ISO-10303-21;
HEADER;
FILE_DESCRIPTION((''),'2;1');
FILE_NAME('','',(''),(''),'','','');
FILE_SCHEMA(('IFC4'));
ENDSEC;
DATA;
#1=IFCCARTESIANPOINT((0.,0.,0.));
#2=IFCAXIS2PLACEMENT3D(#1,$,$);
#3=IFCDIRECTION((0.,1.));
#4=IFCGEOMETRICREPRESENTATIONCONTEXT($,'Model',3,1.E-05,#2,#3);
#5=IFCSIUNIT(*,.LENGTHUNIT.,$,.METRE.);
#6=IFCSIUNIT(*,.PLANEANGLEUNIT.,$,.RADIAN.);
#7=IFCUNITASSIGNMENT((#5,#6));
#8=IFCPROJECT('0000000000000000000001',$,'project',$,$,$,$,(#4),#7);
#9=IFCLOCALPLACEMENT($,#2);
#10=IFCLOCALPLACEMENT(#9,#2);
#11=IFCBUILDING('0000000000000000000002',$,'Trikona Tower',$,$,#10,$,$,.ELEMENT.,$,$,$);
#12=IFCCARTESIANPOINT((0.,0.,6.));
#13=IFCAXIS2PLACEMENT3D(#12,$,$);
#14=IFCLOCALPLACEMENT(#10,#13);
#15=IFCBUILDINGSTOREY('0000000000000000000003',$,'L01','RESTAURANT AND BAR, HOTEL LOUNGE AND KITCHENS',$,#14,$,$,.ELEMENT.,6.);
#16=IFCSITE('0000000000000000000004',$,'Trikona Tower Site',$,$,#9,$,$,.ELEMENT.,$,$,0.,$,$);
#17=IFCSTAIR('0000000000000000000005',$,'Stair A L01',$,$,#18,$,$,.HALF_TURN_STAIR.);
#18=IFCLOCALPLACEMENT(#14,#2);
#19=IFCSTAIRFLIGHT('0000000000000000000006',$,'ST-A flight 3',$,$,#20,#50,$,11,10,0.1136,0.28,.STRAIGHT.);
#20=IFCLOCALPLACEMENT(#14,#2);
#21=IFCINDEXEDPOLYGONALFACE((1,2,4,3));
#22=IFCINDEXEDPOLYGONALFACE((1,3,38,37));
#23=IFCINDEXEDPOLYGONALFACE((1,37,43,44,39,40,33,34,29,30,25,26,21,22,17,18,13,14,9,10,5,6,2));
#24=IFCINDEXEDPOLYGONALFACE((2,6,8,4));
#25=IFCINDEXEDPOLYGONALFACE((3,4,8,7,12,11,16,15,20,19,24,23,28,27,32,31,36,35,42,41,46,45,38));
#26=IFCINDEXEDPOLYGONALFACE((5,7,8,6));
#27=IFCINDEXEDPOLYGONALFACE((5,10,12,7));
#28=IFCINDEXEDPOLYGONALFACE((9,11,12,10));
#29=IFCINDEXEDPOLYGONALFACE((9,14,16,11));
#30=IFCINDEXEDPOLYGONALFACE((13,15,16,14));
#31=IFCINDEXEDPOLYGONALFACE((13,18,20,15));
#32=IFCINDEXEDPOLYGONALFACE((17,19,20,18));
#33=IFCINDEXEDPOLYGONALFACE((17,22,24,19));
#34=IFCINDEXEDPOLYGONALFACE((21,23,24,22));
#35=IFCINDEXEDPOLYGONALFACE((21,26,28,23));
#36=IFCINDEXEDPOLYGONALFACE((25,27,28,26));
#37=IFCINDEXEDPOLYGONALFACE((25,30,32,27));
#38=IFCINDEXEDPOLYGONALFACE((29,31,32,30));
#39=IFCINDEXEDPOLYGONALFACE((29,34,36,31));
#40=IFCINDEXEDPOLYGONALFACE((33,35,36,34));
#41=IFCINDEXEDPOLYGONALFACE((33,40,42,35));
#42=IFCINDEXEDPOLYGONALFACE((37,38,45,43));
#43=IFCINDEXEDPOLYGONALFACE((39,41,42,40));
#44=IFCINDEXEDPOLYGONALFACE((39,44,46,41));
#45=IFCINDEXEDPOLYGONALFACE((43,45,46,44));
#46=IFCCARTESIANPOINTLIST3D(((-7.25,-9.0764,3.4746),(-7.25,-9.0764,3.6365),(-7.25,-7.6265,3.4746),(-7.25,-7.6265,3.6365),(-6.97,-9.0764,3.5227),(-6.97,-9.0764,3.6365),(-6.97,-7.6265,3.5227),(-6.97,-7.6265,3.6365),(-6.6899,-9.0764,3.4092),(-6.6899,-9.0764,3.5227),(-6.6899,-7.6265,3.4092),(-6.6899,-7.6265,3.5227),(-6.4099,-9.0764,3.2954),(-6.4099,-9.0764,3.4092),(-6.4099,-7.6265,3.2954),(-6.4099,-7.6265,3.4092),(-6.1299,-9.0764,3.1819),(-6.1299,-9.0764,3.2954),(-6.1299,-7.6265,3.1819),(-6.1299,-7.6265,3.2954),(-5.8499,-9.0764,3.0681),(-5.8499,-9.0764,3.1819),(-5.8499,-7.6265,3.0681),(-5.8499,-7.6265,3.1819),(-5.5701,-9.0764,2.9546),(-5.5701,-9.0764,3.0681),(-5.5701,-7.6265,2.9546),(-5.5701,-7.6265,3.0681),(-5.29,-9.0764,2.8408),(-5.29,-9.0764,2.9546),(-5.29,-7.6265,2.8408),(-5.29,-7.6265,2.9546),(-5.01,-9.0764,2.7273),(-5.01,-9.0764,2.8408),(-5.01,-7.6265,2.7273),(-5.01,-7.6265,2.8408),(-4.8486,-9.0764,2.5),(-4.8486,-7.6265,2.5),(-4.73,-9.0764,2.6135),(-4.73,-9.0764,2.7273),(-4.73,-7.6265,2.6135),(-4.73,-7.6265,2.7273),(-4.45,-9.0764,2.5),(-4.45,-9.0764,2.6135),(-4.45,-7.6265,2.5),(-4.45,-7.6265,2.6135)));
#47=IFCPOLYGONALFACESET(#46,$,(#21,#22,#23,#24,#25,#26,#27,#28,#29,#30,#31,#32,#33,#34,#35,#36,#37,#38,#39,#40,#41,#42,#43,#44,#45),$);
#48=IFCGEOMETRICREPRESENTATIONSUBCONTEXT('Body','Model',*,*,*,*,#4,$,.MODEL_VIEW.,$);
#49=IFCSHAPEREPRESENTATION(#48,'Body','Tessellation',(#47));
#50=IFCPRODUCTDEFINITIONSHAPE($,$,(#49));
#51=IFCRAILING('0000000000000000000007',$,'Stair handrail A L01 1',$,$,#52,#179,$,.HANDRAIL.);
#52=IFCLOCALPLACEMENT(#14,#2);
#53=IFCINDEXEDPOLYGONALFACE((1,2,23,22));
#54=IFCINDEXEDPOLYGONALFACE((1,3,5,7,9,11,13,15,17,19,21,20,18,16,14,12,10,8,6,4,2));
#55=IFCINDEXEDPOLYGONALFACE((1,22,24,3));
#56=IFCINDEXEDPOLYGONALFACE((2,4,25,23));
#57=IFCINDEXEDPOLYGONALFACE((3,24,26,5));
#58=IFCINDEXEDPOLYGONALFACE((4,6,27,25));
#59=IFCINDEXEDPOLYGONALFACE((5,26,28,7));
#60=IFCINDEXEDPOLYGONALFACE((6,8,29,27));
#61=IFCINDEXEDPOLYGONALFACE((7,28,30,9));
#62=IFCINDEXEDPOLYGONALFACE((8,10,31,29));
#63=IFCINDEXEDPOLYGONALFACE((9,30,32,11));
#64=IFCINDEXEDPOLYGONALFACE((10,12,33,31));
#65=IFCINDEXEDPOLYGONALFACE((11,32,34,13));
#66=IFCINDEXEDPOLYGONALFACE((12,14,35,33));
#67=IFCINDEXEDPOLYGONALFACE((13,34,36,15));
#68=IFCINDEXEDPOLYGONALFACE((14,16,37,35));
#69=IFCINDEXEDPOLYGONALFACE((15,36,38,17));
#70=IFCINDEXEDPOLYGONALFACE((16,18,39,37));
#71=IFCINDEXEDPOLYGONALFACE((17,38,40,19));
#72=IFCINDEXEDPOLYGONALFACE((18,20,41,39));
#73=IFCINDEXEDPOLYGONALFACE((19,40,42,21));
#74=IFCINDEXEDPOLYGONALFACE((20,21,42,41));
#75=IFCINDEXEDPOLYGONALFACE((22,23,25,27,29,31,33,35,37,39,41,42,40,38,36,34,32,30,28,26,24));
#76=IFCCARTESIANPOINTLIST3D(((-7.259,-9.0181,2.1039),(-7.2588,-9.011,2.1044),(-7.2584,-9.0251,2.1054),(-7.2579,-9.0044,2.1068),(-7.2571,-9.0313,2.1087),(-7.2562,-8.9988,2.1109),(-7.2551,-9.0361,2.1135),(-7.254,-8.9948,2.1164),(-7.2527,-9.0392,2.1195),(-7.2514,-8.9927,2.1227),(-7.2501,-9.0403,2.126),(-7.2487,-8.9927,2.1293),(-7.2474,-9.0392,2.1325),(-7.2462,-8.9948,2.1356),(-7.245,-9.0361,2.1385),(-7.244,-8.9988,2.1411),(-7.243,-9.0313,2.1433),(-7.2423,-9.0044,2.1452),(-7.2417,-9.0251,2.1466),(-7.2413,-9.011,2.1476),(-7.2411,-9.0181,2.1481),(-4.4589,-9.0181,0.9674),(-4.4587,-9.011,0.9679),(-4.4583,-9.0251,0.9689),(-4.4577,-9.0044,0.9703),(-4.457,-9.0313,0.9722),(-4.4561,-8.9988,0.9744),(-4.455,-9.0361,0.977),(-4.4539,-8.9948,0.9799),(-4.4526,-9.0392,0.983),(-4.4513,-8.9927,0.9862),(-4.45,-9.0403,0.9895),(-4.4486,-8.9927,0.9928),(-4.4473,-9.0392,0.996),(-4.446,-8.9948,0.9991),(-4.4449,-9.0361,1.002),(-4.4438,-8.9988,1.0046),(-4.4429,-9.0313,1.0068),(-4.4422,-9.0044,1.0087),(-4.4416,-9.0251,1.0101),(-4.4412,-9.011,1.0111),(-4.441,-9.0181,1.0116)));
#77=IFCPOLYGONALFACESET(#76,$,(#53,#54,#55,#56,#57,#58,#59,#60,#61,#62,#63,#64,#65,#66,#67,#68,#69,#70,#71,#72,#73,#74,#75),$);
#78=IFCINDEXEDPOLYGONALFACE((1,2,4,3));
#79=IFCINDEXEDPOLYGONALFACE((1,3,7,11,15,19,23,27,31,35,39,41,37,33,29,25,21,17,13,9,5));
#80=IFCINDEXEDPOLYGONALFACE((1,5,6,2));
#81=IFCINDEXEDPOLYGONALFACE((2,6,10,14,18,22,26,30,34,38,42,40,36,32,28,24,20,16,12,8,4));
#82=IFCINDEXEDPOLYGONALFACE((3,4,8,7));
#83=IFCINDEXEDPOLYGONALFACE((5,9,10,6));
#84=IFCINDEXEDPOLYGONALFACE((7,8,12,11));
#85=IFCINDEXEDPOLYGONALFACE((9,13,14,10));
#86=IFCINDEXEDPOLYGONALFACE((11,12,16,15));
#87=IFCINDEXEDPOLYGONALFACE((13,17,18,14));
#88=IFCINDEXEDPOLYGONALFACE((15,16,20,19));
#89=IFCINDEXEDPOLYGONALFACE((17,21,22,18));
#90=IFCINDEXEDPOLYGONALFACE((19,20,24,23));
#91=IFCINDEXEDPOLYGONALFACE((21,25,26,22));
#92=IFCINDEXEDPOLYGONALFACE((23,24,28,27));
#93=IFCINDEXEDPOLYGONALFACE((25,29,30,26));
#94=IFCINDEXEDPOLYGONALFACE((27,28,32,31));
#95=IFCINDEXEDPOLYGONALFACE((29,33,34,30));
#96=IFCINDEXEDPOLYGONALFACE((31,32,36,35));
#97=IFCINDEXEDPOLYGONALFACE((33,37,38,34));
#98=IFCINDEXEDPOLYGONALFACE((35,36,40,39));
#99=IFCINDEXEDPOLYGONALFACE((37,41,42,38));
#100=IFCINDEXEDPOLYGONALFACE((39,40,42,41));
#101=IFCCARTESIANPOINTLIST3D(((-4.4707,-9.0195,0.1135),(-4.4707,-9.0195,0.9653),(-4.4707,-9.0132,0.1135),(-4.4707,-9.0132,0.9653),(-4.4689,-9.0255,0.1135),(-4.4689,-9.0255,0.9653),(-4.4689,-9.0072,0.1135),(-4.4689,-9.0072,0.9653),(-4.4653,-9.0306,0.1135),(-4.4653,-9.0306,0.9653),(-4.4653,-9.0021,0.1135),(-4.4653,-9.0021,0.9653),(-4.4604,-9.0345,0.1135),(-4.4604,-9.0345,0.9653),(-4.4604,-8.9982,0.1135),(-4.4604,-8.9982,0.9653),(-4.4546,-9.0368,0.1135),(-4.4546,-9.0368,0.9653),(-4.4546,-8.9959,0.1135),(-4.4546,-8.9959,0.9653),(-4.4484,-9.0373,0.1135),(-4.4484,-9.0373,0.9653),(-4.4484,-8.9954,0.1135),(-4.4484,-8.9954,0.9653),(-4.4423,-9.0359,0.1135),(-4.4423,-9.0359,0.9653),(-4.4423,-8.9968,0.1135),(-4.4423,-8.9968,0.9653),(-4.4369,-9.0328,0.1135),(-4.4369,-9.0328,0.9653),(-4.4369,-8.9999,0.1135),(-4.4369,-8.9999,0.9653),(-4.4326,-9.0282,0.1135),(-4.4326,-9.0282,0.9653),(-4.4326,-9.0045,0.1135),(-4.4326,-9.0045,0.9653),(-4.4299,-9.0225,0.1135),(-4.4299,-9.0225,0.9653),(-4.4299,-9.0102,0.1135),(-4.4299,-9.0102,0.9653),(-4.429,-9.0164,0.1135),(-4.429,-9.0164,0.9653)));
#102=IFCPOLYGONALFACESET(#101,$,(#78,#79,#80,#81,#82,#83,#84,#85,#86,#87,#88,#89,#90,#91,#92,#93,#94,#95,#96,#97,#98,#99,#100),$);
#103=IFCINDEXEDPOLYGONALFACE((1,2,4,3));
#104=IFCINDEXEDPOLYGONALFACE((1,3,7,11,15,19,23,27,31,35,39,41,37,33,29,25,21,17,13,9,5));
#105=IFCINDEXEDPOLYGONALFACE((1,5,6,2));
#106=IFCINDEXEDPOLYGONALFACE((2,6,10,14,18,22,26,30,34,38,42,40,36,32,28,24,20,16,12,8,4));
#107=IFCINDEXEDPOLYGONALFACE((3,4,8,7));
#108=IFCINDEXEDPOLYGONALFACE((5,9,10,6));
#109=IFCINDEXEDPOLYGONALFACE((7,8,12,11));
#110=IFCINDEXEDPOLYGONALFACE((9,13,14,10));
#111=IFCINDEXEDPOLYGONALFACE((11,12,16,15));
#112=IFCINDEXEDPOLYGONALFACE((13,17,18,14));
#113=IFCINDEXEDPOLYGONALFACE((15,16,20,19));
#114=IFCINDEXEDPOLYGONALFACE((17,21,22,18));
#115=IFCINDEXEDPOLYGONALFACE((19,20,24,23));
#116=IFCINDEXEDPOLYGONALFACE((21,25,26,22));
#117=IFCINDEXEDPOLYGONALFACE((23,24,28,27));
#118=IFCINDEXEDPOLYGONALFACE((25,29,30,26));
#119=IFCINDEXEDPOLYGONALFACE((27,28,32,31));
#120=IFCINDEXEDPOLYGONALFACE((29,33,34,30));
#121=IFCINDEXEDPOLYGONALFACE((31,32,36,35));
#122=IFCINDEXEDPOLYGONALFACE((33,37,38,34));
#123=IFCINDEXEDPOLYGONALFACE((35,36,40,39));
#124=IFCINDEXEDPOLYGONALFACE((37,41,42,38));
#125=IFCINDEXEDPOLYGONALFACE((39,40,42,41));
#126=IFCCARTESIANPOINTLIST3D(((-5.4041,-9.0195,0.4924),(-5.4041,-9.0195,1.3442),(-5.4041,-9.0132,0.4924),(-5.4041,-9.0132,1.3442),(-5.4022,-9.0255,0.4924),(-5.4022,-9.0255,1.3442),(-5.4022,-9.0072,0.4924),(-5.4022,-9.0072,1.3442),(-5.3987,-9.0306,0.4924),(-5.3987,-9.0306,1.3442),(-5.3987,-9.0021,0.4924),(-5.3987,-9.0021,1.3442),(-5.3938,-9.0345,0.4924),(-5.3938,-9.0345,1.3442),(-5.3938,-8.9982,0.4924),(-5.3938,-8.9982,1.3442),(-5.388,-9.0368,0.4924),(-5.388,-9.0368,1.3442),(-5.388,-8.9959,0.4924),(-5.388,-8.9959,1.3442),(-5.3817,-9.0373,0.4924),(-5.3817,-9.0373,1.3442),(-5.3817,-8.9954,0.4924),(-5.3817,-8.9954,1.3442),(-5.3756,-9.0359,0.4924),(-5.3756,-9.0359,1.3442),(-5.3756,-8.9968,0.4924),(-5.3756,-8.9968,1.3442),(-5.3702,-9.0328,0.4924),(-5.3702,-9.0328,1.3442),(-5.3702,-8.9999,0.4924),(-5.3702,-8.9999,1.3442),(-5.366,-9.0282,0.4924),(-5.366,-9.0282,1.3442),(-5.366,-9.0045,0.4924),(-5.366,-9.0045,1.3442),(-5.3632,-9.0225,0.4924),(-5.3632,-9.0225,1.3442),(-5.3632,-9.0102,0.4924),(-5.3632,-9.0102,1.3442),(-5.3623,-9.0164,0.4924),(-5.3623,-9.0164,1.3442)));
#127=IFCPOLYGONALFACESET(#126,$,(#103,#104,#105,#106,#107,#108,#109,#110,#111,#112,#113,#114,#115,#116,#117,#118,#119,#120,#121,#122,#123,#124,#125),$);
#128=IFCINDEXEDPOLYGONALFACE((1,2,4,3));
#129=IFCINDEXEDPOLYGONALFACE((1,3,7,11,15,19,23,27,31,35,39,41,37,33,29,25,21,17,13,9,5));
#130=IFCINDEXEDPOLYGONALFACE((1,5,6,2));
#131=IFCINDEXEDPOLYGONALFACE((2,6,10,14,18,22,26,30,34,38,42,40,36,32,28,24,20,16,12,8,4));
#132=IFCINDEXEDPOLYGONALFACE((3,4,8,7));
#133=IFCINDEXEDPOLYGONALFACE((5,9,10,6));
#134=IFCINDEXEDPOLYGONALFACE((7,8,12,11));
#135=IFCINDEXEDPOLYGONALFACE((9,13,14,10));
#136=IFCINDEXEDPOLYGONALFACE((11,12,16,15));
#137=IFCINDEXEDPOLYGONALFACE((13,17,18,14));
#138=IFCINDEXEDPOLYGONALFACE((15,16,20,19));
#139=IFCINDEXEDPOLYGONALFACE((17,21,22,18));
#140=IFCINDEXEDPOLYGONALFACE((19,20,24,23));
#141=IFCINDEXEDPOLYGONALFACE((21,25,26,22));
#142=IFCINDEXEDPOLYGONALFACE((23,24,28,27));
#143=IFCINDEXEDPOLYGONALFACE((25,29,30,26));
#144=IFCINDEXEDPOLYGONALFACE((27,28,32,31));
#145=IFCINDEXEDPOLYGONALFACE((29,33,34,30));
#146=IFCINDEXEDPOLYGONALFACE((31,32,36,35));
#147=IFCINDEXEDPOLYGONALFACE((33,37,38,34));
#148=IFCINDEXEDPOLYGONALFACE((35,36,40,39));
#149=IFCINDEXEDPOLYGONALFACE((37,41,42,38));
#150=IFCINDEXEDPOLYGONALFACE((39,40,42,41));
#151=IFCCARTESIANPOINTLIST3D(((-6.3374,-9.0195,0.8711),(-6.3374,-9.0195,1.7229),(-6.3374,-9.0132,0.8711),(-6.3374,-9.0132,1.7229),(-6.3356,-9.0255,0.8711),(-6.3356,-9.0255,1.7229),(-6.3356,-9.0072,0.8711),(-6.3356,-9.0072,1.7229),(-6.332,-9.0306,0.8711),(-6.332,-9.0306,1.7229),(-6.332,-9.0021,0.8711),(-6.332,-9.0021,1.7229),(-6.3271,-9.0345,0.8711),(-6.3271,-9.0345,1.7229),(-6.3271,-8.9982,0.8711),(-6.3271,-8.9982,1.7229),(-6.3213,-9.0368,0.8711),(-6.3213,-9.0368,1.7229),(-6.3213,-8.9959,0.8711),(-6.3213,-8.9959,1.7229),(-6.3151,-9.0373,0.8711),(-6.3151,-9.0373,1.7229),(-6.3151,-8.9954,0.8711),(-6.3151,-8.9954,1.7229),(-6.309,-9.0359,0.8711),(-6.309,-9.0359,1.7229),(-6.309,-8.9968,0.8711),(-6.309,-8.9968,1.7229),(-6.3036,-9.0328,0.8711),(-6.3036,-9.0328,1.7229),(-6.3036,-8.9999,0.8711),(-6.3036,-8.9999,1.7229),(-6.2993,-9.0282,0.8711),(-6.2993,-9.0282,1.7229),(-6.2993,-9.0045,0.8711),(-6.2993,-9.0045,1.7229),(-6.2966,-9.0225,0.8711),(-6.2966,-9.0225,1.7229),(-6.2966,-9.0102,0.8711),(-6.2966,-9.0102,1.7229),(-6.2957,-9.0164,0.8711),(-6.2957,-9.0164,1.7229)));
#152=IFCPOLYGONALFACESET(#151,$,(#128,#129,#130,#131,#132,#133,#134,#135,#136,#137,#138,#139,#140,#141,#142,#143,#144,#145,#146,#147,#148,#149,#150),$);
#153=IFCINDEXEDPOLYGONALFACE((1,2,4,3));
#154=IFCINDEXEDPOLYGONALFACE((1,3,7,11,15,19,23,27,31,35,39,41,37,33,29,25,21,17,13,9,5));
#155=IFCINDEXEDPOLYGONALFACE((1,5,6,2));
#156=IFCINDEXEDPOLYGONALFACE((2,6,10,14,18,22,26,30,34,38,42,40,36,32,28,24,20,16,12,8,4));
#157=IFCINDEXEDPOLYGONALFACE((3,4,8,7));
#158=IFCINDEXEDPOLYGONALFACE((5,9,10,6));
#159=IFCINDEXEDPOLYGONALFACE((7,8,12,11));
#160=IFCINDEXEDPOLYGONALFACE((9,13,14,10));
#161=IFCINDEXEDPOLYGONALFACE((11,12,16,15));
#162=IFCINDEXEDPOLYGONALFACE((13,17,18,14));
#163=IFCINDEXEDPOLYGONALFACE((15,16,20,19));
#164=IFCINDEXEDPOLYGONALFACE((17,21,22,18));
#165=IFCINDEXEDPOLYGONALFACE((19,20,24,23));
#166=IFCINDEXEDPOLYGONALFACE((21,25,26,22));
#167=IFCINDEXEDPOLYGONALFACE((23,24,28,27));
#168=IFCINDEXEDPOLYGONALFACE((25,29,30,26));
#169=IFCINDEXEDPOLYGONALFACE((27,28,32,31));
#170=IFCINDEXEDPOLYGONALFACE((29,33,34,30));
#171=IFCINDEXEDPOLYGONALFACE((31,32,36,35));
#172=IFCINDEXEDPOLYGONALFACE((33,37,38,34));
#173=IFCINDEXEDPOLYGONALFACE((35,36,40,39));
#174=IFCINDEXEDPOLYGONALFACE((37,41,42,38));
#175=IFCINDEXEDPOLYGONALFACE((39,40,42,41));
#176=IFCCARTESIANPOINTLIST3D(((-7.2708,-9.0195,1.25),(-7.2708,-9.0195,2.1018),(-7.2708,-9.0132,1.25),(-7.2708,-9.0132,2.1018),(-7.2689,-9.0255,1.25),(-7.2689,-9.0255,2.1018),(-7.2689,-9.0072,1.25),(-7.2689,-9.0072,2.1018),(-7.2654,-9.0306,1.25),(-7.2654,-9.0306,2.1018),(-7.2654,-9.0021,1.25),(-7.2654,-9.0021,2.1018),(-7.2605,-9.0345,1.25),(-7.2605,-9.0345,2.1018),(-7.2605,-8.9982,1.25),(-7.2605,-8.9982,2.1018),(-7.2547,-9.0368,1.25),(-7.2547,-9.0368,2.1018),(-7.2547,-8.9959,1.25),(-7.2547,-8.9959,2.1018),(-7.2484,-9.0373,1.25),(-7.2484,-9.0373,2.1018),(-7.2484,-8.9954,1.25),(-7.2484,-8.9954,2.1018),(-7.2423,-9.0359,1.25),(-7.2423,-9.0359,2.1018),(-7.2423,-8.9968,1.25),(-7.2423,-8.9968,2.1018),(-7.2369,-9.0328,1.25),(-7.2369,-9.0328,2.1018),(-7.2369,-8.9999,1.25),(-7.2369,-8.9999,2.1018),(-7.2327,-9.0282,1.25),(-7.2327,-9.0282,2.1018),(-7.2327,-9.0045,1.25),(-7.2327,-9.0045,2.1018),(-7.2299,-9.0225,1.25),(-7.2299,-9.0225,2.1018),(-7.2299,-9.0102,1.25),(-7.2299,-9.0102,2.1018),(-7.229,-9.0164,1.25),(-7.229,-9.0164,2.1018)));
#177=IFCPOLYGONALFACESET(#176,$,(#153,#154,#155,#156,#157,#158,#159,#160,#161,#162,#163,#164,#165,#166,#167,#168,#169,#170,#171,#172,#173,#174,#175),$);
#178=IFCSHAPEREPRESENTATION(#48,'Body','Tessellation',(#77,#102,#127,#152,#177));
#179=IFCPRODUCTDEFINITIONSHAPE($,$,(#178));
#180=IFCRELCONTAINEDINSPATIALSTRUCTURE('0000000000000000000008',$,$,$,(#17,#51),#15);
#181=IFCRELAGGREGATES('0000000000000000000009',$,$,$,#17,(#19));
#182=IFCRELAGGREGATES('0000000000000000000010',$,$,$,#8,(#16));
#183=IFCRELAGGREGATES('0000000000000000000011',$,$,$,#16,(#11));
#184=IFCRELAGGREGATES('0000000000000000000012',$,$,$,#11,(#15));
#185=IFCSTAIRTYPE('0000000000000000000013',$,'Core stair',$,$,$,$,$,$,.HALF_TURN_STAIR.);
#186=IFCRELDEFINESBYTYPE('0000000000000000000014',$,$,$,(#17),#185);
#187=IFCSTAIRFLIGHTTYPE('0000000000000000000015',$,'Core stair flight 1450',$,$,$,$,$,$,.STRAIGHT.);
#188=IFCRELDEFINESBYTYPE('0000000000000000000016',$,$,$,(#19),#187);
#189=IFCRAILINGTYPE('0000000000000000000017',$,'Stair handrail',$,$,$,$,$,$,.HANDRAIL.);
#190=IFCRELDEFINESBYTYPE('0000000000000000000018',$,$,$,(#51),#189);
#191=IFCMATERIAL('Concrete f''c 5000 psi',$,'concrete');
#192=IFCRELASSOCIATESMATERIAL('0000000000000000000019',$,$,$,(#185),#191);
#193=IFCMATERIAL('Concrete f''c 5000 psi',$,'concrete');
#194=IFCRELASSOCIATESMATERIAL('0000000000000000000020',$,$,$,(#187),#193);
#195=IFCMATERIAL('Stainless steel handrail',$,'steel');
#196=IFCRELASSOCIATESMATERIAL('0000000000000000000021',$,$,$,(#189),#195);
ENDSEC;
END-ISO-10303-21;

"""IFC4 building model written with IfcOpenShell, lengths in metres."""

from ifc_helpers import new_model, si_unit, direction, frame, origin, origin_2d, place, context, subcontext, project, spatial, polyline, circle, outline, extrude, material, type_object, element, aggregate, save


model = new_model("IFC4")

# Units and contexts
model_context = context("Model", 3, precision=1e-05, world=origin(), true_north=direction((0.0, 1.0)))
body_context = subcontext(model_context, "Body", "Model", "MODEL_VIEW")
ifc_project = project(units=[si_unit("LENGTHUNIT", "METRE"), si_unit("PLANEANGLEUNIT", "RADIAN")], contexts=[model_context])

# Site, building, storey
site_placement = place(None, origin())
site = spatial("IfcSite", under=ifc_project, at=site_placement, Name="Trikona Tower Site", CompositionType="ELEMENT", RefElevation=0.0)
building_placement = place(site_placement, origin())
building = spatial("IfcBuilding", under=site, at=building_placement, Name="Trikona Tower", CompositionType="ELEMENT")
storey_placement = place(building_placement, frame((0.0, 0.0, 6.0)))
storey = spatial("IfcBuildingStorey", under=building, at=storey_placement, Name="L01", Description="RESTAURANT AND BAR, HOTEL LOUNGE AND KITCHENS", CompositionType="ELEMENT", Elevation=6.0)

# Stair, stair flight
ifc_material_1 = material(Name="Concrete f'c 5000 psi", Category="concrete")
stair_type = type_object("IfcStairType", Name="Core stair", PredefinedType="HALF_TURN_STAIR", material=ifc_material_1)
stair_placement = place(storey_placement, origin())
stair = element("IfcStair", 1, at=stair_placement, inside=storey, type_object=stair_type, Name="Stair A L01", PredefinedType="HALF_TURN_STAIR")
ifc_material_2 = material(Name="Concrete f'c 5000 psi", Category="concrete")
stair_flight_type = type_object("IfcStairFlightType", Name="Core stair flight 1450", PredefinedType="STRAIGHT", material=ifc_material_2)
stair_flight_1_placement = place(storey_placement, frame((-4.45, -8.3513, 2.5), z_axis=(0.0, 0.0, 1.0), x_axis=(-1.0, 0.0, 0.0)))
stair_flight_1 = element("IfcStairFlight", 2, at=stair_flight_1_placement, type_object=stair_flight_type, Name="ST-A flight 3", NumberOfRisers=11, NumberOfTreads=10, PredefinedType="STRAIGHT", RiserHeight=0.1136, TreadLength=0.28, context=body_context, shape_type="SweptSolid", body=[
    extrude(outline(polyline([(0.0, 0.0), (0.0, 0.1135), (0.28, 0.1135), (0.28, 0.2273), (0.5601, 0.2273), (0.5601, 0.3408), (0.8401, 0.3408), (0.8401, 0.4546), (1.1201, 0.4546), (1.1201, 0.5681), (1.3999, 0.5681), (1.3999, 0.6819), (1.6799, 0.6819), (1.6799, 0.7954), (1.96, 0.7954), (1.96, 0.9092), (2.24, 0.9092), (2.24, 1.0227), (2.52, 1.0227), (2.52, 1.1365), (2.8, 1.1365), (2.8, 1.25), (2.8, 0.9746), (0.3987, 0.0), (0.0, 0.0)])), frame((0.0, 0.7251, 0.0), z_axis=(0.0, -1.0, 0.0), x_axis=(1.0, 0.0, 0.0)), (0.0, 0.0, 1.0), 1.45),
])
aggregate(stair, [stair_flight_1])

# Railing
ifc_material_3 = material(Name="Stainless steel handrail", Category="steel")
railing_type = type_object("IfcRailingType", Name="Stair handrail", PredefinedType="HANDRAIL", material=ifc_material_3)
railing_1_placement = place(storey_placement, frame((-4.45, -9.0164, 0.1135)))
element("IfcRailing", 3, at=railing_1_placement, inside=storey, type_object=railing_type, Name="Stair handrail A L01 1", PredefinedType="HANDRAIL", context=body_context, shape_type="SweptSolid", body=[
    extrude(circle(Radius=0.0239, at=origin_2d()), frame((0.0, 0.0, 0.876), z_axis=(-0.926587, 0.0, 0.37608), x_axis=(0.0, -1.0, 0.0)), (0.0, 0.0, 1.0), 3.022),
    extrude(circle(Radius=0.021, at=origin_2d()), origin(), (0.0, 0.0, 1.0), 0.8518),
    extrude(circle(Radius=0.021, at=origin_2d()), frame((-0.9333, 0.0, 0.3789)), (0.0, 0.0, 1.0), 0.8518),
    extrude(circle(Radius=0.021, at=origin_2d()), frame((-1.8667, 0.0, 0.7576)), (0.0, 0.0, 1.0), 0.8518),
    extrude(circle(Radius=0.021, at=origin_2d()), frame((-2.8, 0.0, 1.1365)), (0.0, 0.0, 1.0), 0.8518),
])

save(model, "model.ifc")
